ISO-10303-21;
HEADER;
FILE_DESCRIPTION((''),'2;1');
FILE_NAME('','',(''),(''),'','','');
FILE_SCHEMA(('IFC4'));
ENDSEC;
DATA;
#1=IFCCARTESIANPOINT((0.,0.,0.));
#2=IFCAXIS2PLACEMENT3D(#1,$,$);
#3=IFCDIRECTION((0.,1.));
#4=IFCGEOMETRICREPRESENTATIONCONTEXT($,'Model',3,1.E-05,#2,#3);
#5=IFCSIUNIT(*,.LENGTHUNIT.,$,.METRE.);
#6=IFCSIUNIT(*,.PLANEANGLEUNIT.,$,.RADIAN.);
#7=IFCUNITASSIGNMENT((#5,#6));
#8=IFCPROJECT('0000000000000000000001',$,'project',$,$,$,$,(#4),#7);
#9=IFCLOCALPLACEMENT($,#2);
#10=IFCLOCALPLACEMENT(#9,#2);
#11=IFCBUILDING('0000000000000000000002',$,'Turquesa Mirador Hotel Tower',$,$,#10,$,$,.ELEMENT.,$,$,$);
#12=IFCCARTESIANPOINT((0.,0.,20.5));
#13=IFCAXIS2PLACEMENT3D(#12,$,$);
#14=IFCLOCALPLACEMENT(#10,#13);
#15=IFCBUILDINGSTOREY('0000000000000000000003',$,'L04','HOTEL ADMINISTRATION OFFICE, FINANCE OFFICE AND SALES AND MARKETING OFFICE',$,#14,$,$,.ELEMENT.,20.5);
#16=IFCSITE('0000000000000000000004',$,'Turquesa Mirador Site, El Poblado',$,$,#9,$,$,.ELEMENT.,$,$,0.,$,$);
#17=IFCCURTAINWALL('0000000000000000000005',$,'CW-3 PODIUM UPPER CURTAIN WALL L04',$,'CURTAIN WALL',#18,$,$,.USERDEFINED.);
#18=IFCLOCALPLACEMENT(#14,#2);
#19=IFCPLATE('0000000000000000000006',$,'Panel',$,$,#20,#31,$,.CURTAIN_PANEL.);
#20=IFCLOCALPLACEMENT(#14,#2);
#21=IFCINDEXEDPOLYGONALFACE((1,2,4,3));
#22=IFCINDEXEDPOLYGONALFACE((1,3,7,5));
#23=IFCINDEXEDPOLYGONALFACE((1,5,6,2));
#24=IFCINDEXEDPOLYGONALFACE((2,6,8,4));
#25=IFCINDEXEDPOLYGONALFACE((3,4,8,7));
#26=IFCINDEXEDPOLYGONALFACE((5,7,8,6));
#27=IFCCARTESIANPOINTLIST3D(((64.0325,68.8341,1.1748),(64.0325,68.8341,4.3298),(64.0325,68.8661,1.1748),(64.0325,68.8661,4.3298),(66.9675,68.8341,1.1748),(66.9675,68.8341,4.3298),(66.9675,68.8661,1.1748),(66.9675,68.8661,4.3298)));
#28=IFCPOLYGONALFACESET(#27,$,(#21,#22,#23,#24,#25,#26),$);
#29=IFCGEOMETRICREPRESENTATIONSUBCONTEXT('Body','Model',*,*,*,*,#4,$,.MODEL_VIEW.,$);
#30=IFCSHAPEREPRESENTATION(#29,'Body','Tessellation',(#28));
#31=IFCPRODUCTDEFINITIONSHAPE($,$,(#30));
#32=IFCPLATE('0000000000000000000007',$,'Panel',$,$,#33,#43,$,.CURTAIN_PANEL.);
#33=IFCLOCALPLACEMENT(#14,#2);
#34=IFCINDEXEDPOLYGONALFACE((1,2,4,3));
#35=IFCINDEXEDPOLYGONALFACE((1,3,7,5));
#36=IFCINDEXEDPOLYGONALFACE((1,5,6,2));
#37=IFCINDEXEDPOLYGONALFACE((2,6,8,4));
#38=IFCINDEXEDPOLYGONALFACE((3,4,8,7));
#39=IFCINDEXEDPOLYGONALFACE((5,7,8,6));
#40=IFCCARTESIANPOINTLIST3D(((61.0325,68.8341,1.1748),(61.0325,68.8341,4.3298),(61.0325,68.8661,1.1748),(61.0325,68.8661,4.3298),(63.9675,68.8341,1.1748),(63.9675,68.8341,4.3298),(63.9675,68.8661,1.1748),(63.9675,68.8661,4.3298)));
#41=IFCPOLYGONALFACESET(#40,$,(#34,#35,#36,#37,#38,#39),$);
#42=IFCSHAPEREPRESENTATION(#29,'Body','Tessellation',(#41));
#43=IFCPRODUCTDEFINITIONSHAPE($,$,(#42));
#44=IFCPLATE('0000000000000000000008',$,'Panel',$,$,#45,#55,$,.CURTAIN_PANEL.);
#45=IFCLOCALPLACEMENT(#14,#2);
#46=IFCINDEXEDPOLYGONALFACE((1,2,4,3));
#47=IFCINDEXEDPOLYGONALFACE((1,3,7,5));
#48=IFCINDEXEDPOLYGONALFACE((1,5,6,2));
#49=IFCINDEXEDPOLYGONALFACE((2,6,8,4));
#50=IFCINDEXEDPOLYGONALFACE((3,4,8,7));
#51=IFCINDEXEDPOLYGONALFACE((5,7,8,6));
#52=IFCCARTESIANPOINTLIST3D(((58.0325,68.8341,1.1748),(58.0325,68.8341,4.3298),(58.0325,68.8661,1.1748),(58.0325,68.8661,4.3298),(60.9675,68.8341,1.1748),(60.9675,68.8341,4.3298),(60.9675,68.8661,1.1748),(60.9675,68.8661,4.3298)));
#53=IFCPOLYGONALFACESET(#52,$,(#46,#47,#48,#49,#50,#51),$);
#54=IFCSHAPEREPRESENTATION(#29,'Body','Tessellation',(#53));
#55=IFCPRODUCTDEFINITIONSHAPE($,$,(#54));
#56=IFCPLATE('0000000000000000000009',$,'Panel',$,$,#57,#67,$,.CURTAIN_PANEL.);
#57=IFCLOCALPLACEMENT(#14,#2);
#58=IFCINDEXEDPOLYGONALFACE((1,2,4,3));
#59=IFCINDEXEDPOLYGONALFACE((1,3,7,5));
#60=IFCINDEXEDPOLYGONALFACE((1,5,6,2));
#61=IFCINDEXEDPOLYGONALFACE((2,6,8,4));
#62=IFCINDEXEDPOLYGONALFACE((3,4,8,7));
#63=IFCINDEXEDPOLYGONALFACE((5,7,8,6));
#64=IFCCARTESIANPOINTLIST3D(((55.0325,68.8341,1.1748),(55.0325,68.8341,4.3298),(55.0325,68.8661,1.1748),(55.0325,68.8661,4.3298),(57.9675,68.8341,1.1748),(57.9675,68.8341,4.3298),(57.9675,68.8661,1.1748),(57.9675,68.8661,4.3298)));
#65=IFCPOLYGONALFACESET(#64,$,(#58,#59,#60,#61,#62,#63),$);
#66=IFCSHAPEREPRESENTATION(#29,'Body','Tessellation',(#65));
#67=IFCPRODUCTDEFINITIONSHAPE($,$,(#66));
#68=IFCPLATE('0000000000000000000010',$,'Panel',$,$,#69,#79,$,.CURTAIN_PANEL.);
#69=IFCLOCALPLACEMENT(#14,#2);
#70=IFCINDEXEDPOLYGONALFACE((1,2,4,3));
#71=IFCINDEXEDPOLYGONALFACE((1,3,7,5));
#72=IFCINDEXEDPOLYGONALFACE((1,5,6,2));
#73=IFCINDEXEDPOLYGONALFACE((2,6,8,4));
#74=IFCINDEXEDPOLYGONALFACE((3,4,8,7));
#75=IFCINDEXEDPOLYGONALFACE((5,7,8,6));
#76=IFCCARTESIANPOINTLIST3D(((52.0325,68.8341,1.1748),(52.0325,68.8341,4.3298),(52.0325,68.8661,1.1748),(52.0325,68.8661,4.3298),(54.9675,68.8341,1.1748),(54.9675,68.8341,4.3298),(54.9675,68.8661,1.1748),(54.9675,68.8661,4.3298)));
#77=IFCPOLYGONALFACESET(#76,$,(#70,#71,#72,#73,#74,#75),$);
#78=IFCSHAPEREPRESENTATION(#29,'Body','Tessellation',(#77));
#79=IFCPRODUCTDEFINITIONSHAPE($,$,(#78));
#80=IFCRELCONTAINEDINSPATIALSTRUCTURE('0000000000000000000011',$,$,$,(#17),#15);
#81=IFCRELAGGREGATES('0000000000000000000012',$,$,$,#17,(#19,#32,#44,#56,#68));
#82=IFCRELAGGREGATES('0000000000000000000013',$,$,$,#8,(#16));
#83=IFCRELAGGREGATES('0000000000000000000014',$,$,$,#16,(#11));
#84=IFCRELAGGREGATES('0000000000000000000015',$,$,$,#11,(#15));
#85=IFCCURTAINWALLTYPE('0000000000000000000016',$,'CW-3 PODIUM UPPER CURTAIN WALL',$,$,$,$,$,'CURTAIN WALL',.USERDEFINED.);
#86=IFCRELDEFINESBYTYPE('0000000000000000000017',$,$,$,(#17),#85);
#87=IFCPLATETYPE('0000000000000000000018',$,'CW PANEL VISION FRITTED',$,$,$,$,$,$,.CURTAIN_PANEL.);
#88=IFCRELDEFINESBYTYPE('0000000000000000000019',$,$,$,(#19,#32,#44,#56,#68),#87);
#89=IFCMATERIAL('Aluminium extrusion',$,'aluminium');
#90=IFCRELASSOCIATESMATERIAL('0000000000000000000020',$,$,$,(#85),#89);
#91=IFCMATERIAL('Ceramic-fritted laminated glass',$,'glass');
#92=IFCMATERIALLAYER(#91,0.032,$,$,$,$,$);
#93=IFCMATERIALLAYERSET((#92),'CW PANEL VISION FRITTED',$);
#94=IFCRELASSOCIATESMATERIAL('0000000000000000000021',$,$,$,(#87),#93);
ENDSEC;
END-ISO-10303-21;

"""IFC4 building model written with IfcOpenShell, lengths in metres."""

from ifc_helpers import new_model, si_unit, direction, frame, origin, origin_2d, place, context, subcontext, project, spatial, rectangle, extrude, material, layer, layer_set, type_object, element, aggregate, save


model = new_model("IFC4")

# Units and contexts
model_context = context("Model", 3, precision=1e-05, world=origin(), true_north=direction((0.0, 1.0)))
body_context = subcontext(model_context, "Body", "Model", "MODEL_VIEW")
ifc_project = project(units=[si_unit("LENGTHUNIT", "METRE"), si_unit("PLANEANGLEUNIT", "RADIAN")], contexts=[model_context])

# Site, building, storey
site_placement = place(None, origin())
site = spatial("IfcSite", under=ifc_project, at=site_placement, Name="Turquesa Mirador Site, El Poblado", CompositionType="ELEMENT", RefElevation=0.0)
building_placement = place(site_placement, origin())
building = spatial("IfcBuilding", under=site, at=building_placement, Name="Turquesa Mirador Hotel Tower", CompositionType="ELEMENT")
storey_placement = place(building_placement, frame((0.0, 0.0, 20.5)))
storey = spatial("IfcBuildingStorey", under=building, at=storey_placement, Name="L04", Description="HOTEL ADMINISTRATION OFFICE, FINANCE OFFICE AND SALES AND MARKETING OFFICE", CompositionType="ELEMENT", Elevation=20.5)

# Curtain wall, plates
ifc_material_1 = material(Name="Aluminium extrusion", Category="aluminium")
curtain_wall_type = type_object("IfcCurtainWallType", Name="CW-3 PODIUM UPPER CURTAIN WALL", ElementType="CURTAIN WALL", PredefinedType="USERDEFINED", material=ifc_material_1)
curtain_wall_placement = place(storey_placement, origin())
curtain_wall = element("IfcCurtainWall", 1, at=curtain_wall_placement, inside=storey, type_object=curtain_wall_type, Name="CW-3 PODIUM UPPER CURTAIN WALL L04", ObjectType="CURTAIN WALL", PredefinedType="USERDEFINED")
ifc_material_2 = material(Name="Ceramic-fritted laminated glass", Category="glass")
ifc_layer_1 = layer(ifc_material_2, 0.032)
ifc_layer_set_1 = layer_set([ifc_layer_1], Name="CW PANEL VISION FRITTED")
plate_type_1 = type_object("IfcPlateType", Name="CW PANEL VISION FRITTED", PredefinedType="CURTAIN_PANEL", material=ifc_layer_set_1)
plate_1_placement = place(storey_placement, frame((65.5, 68.8501, 1.1748), z_axis=(0.0, 0.0, 1.0), x_axis=(-1.0, 0.0, 0.0)))
plate_1 = element("IfcPlate", 2, at=plate_1_placement, type_object=plate_type_1, Name="Panel", PredefinedType="CURTAIN_PANEL", context=body_context, shape_type="SweptSolid", body=[
    extrude(rectangle(XDim=2.9351, YDim=0.032, at=origin_2d()), origin(), (0.0, 0.0, 1.0), 3.155),
])
plate_2_placement = place(storey_placement, frame((62.5, 68.8501, 1.1748), z_axis=(0.0, 0.0, 1.0), x_axis=(-1.0, 0.0, 0.0)))
plate_2 = element("IfcPlate", 3, at=plate_2_placement, type_object=plate_type_1, Name="Panel", PredefinedType="CURTAIN_PANEL", context=body_context, shape_type="SweptSolid", body=[
    extrude(rectangle(XDim=2.9351, YDim=0.032, at=origin_2d()), origin(), (0.0, 0.0, 1.0), 3.155),
])
plate_3_placement = place(storey_placement, frame((59.5, 68.8501, 1.1748), z_axis=(0.0, 0.0, 1.0), x_axis=(-1.0, 0.0, 0.0)))
plate_3 = element("IfcPlate", 4, at=plate_3_placement, type_object=plate_type_1, Name="Panel", PredefinedType="CURTAIN_PANEL", context=body_context, shape_type="SweptSolid", body=[
    extrude(rectangle(XDim=2.9351, YDim=0.032, at=origin_2d()), origin(), (0.0, 0.0, 1.0), 3.155),
])
plate_4_placement = place(storey_placement, frame((56.5, 68.8501, 1.1748), z_axis=(0.0, 0.0, 1.0), x_axis=(-1.0, 0.0, 0.0)))
plate_4 = element("IfcPlate", 5, at=plate_4_placement, type_object=plate_type_1, Name="Panel", PredefinedType="CURTAIN_PANEL", context=body_context, shape_type="SweptSolid", body=[
    extrude(rectangle(XDim=2.9351, YDim=0.032, at=origin_2d()), origin(), (0.0, 0.0, 1.0), 3.155),
])
plate_5_placement = place(storey_placement, frame((53.5, 68.8501, 1.1748), z_axis=(0.0, 0.0, 1.0), x_axis=(-1.0, 0.0, 0.0)))
plate_5 = element("IfcPlate", 6, at=plate_5_placement, type_object=plate_type_1, Name="Panel", PredefinedType="CURTAIN_PANEL", context=body_context, shape_type="SweptSolid", body=[
    extrude(rectangle(XDim=2.9351, YDim=0.032, at=origin_2d()), origin(), (0.0, 0.0, 1.0), 3.155),
])
aggregate(curtain_wall, [plate_1, plate_2, plate_3, plate_4, plate_5])

save(model, "model.ifc")
